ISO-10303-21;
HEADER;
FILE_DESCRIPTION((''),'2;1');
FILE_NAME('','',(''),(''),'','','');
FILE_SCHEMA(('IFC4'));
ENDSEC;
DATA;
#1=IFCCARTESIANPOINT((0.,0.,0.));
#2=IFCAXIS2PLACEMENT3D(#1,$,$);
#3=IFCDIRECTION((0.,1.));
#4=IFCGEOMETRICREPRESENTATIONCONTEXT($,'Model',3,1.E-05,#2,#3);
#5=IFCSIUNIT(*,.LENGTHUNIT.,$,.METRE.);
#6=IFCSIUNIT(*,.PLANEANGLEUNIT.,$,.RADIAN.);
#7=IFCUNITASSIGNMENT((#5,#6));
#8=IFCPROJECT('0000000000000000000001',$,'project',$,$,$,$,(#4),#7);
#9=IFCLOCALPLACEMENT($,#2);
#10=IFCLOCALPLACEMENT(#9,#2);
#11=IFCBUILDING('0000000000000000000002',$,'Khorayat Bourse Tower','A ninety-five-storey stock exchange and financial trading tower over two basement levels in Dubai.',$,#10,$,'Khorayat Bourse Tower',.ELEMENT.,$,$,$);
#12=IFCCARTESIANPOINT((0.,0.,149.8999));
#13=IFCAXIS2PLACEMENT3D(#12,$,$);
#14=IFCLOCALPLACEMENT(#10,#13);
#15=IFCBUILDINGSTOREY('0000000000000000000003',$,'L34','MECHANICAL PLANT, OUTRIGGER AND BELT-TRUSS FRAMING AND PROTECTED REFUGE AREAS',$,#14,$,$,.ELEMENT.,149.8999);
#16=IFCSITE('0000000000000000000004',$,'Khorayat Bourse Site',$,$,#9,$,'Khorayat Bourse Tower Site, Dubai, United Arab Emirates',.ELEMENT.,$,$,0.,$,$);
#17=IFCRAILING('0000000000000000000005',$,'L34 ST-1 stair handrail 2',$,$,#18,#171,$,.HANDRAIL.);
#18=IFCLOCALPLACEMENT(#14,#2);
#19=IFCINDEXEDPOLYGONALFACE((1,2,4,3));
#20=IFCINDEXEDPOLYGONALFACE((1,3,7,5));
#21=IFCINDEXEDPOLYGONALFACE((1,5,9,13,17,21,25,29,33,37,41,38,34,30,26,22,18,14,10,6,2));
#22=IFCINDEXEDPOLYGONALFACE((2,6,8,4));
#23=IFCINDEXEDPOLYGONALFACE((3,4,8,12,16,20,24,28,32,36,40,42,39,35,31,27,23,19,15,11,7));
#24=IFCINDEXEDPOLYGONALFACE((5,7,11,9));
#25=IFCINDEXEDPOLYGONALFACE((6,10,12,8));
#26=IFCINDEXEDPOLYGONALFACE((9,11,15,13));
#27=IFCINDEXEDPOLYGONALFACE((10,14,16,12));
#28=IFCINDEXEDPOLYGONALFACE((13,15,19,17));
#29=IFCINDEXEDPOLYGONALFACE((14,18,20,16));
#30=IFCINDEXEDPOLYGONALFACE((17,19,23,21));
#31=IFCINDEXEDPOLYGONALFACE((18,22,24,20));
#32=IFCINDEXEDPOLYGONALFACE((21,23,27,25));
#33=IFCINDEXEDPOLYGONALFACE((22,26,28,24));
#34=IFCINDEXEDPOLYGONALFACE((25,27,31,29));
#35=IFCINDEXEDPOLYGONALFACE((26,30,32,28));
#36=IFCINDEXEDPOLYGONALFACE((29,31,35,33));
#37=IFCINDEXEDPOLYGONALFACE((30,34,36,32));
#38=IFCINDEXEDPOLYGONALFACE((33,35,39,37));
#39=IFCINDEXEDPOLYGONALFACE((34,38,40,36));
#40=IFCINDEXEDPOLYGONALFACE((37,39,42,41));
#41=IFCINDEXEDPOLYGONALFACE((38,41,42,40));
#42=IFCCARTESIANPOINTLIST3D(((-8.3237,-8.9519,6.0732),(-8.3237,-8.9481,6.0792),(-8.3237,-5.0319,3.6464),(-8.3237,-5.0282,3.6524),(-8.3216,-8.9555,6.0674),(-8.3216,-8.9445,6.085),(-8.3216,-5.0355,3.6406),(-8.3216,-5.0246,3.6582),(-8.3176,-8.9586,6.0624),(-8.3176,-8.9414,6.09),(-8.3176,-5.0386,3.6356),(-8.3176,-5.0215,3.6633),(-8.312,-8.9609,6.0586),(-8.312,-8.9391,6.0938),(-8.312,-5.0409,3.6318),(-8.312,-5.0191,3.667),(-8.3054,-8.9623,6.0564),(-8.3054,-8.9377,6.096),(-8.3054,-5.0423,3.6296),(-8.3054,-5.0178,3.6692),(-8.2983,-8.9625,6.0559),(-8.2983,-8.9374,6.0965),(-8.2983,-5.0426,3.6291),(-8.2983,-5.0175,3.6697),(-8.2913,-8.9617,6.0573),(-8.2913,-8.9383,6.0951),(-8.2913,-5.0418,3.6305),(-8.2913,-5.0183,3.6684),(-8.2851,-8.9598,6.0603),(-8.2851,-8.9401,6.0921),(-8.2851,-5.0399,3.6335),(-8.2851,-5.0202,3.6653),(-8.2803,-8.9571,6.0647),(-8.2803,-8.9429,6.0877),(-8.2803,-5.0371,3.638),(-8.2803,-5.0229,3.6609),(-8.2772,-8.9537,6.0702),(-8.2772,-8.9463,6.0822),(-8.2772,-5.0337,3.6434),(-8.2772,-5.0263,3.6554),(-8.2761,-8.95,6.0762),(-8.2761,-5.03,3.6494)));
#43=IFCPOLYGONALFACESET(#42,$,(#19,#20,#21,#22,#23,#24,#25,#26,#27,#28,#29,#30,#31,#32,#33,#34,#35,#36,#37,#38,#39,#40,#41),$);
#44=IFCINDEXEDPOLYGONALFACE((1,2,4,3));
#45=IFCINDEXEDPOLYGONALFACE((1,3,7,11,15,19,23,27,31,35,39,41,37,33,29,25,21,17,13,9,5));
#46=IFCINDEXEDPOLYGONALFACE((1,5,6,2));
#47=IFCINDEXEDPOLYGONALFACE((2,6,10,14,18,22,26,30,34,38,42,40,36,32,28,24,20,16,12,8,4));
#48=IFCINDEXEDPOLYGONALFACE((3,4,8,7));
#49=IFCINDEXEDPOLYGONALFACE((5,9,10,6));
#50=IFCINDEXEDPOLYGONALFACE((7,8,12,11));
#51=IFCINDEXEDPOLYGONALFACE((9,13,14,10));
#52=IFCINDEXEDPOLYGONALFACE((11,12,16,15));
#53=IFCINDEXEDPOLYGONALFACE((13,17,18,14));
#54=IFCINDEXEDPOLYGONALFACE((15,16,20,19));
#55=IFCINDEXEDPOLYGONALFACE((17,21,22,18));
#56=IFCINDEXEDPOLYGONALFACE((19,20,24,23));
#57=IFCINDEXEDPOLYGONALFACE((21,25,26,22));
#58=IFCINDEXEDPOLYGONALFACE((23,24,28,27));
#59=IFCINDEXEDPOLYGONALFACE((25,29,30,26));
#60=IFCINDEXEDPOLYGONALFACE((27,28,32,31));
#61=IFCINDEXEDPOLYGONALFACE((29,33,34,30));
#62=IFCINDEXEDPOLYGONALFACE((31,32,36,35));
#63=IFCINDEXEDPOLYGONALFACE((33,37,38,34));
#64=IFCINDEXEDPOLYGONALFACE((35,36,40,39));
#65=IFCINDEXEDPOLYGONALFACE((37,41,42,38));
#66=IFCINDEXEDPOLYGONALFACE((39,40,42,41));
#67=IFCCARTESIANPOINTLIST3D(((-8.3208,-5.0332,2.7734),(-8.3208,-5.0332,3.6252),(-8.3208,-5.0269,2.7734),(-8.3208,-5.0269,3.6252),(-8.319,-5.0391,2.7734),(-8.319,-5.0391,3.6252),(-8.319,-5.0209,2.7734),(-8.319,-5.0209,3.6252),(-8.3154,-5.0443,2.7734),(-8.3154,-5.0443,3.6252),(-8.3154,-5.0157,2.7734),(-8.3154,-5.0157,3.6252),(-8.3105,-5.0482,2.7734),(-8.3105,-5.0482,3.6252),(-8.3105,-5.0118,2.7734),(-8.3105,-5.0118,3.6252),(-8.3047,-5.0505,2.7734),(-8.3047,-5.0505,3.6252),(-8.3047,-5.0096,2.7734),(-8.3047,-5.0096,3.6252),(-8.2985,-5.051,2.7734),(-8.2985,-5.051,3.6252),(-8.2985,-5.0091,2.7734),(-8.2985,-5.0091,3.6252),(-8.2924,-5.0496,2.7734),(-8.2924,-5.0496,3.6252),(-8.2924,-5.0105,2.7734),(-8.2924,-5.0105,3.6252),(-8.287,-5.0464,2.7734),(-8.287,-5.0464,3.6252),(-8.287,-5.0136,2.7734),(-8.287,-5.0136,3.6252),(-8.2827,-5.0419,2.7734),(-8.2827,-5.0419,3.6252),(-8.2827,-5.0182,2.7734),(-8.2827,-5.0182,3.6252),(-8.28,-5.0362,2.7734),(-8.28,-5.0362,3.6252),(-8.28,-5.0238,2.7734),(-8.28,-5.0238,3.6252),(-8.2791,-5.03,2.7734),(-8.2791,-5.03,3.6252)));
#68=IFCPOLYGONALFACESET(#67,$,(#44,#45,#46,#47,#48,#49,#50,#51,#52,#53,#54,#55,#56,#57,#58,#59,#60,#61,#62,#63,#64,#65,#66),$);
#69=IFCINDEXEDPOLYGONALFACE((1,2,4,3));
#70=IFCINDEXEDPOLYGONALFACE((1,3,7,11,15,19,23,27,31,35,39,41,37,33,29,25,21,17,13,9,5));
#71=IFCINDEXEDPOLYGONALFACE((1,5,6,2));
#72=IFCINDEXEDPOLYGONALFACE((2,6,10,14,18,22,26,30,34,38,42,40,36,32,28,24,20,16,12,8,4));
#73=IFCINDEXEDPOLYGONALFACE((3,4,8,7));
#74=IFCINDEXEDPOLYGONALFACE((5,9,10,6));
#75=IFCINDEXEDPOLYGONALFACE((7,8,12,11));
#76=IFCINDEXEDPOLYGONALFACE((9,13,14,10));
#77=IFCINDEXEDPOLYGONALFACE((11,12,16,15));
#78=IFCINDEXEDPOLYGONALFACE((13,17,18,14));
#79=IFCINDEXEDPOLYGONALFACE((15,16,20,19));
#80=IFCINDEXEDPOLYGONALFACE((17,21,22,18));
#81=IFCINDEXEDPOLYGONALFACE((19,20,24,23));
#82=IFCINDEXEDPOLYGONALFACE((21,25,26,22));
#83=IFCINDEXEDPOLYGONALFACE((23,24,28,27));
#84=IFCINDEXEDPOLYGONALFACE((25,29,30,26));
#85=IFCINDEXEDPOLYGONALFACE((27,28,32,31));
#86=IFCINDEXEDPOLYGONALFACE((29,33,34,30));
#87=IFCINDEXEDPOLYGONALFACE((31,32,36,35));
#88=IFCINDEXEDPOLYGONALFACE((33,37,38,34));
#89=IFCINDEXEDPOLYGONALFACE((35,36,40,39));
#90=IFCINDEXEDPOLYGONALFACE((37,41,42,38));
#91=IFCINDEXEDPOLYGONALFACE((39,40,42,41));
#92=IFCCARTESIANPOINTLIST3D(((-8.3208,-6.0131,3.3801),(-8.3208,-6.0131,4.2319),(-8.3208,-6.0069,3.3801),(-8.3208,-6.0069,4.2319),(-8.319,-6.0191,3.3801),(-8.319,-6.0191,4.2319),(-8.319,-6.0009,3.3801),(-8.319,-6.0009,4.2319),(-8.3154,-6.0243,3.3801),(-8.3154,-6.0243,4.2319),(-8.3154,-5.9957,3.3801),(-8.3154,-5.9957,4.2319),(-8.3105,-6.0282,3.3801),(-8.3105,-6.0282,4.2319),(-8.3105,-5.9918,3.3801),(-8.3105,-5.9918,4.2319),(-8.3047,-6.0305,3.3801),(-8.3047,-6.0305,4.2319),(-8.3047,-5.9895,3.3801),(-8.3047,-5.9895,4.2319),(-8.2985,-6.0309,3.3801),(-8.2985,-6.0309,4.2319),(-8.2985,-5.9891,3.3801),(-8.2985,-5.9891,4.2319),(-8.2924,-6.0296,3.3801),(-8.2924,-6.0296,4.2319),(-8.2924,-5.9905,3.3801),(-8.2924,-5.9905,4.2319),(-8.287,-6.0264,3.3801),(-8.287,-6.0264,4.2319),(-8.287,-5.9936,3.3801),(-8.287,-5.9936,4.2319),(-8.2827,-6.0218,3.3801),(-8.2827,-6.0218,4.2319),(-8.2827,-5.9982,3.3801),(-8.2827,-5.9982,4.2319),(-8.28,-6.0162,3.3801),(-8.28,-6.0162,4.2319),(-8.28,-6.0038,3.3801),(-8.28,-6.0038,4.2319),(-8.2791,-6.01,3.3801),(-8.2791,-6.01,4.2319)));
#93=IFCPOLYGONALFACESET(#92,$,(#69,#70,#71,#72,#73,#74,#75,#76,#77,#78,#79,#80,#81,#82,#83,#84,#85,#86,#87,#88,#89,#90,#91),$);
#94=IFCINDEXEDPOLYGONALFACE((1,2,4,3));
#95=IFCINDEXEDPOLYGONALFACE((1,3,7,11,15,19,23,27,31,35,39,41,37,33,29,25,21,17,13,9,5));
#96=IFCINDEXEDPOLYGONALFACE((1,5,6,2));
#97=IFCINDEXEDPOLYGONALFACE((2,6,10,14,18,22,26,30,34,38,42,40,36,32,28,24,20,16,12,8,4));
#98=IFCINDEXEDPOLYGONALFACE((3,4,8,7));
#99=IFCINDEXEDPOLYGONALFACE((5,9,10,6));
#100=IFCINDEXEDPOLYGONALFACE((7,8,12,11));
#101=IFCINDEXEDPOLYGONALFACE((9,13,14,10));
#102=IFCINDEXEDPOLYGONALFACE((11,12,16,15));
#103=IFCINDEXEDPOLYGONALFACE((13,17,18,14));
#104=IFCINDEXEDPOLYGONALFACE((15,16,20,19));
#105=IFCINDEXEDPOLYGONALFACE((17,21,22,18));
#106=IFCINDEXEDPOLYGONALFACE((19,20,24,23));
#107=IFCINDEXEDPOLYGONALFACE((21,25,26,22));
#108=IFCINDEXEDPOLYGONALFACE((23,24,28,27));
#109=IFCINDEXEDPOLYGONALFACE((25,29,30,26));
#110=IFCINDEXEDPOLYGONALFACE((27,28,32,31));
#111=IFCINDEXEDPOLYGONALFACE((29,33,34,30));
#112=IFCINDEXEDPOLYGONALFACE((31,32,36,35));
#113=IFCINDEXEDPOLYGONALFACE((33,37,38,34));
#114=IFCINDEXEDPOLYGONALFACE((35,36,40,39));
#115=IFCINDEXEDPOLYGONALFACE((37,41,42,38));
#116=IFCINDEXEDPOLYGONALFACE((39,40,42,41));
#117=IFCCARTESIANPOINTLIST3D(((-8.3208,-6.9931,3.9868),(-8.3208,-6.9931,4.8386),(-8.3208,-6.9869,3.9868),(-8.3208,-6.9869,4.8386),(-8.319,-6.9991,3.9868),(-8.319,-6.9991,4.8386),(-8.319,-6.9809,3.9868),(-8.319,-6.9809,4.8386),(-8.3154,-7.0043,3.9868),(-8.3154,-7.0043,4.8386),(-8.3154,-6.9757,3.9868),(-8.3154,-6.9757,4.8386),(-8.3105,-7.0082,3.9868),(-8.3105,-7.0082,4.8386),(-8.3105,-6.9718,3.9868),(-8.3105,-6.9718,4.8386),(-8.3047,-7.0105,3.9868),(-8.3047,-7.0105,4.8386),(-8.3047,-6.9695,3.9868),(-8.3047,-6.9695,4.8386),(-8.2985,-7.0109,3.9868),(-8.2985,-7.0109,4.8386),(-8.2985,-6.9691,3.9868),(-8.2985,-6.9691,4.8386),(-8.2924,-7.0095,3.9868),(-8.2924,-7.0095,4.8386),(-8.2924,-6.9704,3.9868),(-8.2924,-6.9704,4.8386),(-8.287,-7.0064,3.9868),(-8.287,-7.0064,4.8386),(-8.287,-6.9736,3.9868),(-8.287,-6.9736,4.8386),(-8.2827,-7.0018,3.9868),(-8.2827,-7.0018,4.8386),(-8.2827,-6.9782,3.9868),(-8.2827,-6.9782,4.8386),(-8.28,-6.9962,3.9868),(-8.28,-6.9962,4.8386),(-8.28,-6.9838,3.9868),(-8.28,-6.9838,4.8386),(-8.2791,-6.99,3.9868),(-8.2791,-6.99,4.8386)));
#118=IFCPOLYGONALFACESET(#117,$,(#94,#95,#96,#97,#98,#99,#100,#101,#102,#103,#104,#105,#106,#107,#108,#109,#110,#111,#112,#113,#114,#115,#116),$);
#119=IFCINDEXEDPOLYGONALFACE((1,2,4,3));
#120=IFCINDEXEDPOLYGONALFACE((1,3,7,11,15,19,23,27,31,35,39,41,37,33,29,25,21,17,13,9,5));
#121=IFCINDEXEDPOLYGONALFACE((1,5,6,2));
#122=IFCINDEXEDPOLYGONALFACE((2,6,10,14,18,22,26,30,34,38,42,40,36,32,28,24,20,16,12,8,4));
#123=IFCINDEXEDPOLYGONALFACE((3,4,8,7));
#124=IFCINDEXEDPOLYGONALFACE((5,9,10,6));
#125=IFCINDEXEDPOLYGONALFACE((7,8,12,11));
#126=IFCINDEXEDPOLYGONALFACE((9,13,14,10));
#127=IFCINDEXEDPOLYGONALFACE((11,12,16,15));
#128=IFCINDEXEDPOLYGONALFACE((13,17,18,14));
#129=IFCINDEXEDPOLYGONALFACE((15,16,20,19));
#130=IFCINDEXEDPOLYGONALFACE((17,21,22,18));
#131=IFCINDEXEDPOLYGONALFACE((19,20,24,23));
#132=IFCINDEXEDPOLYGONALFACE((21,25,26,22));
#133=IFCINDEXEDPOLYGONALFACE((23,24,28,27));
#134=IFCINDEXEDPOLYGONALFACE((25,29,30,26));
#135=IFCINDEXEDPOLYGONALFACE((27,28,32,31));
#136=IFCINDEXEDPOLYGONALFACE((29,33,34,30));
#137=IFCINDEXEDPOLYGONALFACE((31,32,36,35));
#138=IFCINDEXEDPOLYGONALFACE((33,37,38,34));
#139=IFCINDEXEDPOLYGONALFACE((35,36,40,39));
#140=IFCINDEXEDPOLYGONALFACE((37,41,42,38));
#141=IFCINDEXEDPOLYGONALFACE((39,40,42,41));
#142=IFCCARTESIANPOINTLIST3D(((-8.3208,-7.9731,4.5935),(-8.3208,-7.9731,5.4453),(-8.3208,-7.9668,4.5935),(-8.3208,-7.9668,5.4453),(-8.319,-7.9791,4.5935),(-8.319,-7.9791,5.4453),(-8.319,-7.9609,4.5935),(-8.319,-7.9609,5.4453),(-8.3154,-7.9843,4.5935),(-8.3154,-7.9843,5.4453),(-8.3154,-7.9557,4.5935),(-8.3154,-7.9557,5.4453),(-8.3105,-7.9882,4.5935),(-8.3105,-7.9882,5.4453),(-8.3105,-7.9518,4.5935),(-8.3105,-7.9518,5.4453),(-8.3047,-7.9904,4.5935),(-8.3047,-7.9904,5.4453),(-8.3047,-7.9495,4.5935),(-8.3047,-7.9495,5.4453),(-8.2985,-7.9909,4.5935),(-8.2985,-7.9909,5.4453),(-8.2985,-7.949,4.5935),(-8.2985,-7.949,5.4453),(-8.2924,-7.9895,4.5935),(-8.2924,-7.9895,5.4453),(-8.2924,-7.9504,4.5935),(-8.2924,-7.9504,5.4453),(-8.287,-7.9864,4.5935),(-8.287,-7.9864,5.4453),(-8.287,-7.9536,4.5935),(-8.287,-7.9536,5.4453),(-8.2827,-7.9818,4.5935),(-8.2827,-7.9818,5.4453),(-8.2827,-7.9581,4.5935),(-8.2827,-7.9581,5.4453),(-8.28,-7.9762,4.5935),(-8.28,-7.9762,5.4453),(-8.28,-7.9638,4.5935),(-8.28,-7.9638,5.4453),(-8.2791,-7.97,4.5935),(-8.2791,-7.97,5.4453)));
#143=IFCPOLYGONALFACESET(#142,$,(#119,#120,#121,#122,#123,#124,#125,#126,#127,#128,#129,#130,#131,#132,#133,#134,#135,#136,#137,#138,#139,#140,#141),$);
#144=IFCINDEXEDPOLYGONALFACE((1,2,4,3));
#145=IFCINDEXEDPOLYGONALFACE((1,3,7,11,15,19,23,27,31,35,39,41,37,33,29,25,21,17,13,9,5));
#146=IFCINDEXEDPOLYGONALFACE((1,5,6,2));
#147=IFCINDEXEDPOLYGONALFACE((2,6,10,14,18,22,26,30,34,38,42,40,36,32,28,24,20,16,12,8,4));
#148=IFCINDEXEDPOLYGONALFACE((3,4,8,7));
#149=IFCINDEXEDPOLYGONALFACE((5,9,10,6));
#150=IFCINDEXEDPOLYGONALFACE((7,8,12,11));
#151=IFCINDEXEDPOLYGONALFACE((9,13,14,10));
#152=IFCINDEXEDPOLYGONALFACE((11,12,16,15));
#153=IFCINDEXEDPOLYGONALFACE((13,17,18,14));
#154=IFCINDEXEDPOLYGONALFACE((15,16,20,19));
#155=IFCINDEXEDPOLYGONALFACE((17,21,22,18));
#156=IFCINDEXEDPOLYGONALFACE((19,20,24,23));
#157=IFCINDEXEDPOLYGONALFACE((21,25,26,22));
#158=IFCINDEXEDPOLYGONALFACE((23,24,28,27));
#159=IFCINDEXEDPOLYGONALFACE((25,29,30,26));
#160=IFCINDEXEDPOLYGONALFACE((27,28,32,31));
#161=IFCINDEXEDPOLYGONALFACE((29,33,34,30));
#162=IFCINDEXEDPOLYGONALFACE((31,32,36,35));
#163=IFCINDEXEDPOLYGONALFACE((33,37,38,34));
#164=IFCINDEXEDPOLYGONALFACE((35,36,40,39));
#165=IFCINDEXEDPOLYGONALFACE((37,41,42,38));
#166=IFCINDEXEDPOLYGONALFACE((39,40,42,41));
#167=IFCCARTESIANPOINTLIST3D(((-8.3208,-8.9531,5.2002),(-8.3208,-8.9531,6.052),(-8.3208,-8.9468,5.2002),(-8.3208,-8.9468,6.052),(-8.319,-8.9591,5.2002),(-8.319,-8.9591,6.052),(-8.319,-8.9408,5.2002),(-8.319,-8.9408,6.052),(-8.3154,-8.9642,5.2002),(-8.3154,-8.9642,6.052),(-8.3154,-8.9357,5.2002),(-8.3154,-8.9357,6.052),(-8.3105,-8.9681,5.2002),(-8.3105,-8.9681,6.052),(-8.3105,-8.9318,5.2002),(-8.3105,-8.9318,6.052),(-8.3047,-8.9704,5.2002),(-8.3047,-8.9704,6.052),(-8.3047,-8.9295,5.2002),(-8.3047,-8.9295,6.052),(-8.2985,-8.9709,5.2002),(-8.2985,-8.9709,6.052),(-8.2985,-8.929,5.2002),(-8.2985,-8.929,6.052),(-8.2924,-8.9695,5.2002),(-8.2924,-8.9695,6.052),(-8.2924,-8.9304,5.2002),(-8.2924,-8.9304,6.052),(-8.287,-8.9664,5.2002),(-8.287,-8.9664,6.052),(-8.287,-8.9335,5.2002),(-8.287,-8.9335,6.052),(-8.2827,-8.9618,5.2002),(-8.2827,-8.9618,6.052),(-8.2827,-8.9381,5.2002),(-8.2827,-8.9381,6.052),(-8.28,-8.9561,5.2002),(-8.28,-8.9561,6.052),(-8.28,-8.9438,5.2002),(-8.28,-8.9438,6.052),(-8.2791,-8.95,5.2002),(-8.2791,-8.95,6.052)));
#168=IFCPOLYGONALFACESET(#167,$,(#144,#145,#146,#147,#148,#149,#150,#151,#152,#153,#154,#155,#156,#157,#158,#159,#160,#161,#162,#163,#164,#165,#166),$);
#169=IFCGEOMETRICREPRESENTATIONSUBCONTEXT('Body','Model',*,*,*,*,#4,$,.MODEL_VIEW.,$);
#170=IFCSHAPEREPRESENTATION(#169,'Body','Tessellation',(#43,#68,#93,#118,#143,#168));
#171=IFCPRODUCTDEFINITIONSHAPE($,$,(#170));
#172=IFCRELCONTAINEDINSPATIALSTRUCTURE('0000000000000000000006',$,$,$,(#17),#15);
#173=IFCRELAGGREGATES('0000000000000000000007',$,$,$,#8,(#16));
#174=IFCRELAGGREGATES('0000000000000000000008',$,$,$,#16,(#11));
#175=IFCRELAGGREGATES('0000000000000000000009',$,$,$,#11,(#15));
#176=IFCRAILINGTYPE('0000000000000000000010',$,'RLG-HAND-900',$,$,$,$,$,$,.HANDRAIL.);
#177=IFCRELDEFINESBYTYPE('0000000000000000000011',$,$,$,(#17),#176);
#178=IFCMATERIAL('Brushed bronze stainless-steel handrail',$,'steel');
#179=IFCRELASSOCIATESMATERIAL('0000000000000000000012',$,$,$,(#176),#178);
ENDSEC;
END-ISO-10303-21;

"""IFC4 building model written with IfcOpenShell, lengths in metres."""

from ifc_helpers import new_model, si_unit, direction, frame, origin, origin_2d, place, context, subcontext, project, spatial, circle, extrude, source, transform, mapped, material, type_object, element, save


model = new_model("IFC4")

# Units and contexts
model_context = context("Model", 3, precision=1e-05, world=origin(), true_north=direction((0.0, 1.0)))
body_context = subcontext(model_context, "Body", "Model", "MODEL_VIEW")
ifc_project = project(units=[si_unit("LENGTHUNIT", "METRE"), si_unit("PLANEANGLEUNIT", "RADIAN")], contexts=[model_context])

# Site, building, storey
site_placement = place(None, origin())
site = spatial("IfcSite", under=ifc_project, at=site_placement, Name="Khorayat Bourse Site", LongName="Khorayat Bourse Tower Site, Dubai, United Arab Emirates", CompositionType="ELEMENT", RefElevation=0.0)
building_placement = place(site_placement, origin())
building = spatial("IfcBuilding", under=site, at=building_placement, Name="Khorayat Bourse Tower", Description="A ninety-five-storey stock exchange and financial trading tower over two basement levels in Dubai.", LongName="Khorayat Bourse Tower", CompositionType="ELEMENT")
storey_placement = place(building_placement, frame((0.0, 0.0, 149.8999)))
storey = spatial("IfcBuildingStorey", under=building, at=storey_placement, Name="L34", Description="MECHANICAL PLANT, OUTRIGGER AND BELT-TRUSS FRAMING AND PROTECTED REFUGE AREAS", CompositionType="ELEMENT", Elevation=149.8999)

# Railing
ifc_material_1 = material(Name="Brushed bronze stainless-steel handrail", Category="steel")
railing_type_1 = type_object("IfcRailingType", Name="RLG-HAND-900", PredefinedType="HANDRAIL", material=ifc_material_1)
shared_shape_1 = source(origin(), body_context, "Body", "SweptSolid", [
    extrude(circle(Radius=0.0239, at=origin_2d()), frame((0.0, 0.0, 0.876), z_axis=(0.0, -0.850252, 0.526376), x_axis=(1.0, 0.0, 0.0)), (0.0, 0.0, 1.0), 4.6104),
    extrude(circle(Radius=0.021, at=origin_2d()), origin(), (0.0, 0.0, 1.0), 0.8518),
    extrude(circle(Radius=0.021, at=origin_2d()), frame((0.0, -0.98, 0.6067)), (0.0, 0.0, 1.0), 0.8518),
    extrude(circle(Radius=0.021, at=origin_2d()), frame((0.0, -1.96, 1.2134)), (0.0, 0.0, 1.0), 0.8518),
    extrude(circle(Radius=0.021, at=origin_2d()), frame((0.0, -2.9399, 1.8201)), (0.0, 0.0, 1.0), 0.8518),
    extrude(circle(Radius=0.021, at=origin_2d()), frame((0.0, -3.9199, 2.4268)), (0.0, 0.0, 1.0), 0.8518),
])
railing_1_placement = place(storey_placement, frame((-8.3, -5.03, 2.7734)))
element("IfcRailing", 1, at=railing_1_placement, inside=storey, type_object=railing_type_1, Name="L34 ST-1 stair handrail 2", PredefinedType="HANDRAIL", context=body_context, shape_type="MappedRepresentation", body=[
    mapped(shared_shape_1, transform((0.0, 0.0, 0.0), scale=1.0)),
])

save(model, "model.ifc")
